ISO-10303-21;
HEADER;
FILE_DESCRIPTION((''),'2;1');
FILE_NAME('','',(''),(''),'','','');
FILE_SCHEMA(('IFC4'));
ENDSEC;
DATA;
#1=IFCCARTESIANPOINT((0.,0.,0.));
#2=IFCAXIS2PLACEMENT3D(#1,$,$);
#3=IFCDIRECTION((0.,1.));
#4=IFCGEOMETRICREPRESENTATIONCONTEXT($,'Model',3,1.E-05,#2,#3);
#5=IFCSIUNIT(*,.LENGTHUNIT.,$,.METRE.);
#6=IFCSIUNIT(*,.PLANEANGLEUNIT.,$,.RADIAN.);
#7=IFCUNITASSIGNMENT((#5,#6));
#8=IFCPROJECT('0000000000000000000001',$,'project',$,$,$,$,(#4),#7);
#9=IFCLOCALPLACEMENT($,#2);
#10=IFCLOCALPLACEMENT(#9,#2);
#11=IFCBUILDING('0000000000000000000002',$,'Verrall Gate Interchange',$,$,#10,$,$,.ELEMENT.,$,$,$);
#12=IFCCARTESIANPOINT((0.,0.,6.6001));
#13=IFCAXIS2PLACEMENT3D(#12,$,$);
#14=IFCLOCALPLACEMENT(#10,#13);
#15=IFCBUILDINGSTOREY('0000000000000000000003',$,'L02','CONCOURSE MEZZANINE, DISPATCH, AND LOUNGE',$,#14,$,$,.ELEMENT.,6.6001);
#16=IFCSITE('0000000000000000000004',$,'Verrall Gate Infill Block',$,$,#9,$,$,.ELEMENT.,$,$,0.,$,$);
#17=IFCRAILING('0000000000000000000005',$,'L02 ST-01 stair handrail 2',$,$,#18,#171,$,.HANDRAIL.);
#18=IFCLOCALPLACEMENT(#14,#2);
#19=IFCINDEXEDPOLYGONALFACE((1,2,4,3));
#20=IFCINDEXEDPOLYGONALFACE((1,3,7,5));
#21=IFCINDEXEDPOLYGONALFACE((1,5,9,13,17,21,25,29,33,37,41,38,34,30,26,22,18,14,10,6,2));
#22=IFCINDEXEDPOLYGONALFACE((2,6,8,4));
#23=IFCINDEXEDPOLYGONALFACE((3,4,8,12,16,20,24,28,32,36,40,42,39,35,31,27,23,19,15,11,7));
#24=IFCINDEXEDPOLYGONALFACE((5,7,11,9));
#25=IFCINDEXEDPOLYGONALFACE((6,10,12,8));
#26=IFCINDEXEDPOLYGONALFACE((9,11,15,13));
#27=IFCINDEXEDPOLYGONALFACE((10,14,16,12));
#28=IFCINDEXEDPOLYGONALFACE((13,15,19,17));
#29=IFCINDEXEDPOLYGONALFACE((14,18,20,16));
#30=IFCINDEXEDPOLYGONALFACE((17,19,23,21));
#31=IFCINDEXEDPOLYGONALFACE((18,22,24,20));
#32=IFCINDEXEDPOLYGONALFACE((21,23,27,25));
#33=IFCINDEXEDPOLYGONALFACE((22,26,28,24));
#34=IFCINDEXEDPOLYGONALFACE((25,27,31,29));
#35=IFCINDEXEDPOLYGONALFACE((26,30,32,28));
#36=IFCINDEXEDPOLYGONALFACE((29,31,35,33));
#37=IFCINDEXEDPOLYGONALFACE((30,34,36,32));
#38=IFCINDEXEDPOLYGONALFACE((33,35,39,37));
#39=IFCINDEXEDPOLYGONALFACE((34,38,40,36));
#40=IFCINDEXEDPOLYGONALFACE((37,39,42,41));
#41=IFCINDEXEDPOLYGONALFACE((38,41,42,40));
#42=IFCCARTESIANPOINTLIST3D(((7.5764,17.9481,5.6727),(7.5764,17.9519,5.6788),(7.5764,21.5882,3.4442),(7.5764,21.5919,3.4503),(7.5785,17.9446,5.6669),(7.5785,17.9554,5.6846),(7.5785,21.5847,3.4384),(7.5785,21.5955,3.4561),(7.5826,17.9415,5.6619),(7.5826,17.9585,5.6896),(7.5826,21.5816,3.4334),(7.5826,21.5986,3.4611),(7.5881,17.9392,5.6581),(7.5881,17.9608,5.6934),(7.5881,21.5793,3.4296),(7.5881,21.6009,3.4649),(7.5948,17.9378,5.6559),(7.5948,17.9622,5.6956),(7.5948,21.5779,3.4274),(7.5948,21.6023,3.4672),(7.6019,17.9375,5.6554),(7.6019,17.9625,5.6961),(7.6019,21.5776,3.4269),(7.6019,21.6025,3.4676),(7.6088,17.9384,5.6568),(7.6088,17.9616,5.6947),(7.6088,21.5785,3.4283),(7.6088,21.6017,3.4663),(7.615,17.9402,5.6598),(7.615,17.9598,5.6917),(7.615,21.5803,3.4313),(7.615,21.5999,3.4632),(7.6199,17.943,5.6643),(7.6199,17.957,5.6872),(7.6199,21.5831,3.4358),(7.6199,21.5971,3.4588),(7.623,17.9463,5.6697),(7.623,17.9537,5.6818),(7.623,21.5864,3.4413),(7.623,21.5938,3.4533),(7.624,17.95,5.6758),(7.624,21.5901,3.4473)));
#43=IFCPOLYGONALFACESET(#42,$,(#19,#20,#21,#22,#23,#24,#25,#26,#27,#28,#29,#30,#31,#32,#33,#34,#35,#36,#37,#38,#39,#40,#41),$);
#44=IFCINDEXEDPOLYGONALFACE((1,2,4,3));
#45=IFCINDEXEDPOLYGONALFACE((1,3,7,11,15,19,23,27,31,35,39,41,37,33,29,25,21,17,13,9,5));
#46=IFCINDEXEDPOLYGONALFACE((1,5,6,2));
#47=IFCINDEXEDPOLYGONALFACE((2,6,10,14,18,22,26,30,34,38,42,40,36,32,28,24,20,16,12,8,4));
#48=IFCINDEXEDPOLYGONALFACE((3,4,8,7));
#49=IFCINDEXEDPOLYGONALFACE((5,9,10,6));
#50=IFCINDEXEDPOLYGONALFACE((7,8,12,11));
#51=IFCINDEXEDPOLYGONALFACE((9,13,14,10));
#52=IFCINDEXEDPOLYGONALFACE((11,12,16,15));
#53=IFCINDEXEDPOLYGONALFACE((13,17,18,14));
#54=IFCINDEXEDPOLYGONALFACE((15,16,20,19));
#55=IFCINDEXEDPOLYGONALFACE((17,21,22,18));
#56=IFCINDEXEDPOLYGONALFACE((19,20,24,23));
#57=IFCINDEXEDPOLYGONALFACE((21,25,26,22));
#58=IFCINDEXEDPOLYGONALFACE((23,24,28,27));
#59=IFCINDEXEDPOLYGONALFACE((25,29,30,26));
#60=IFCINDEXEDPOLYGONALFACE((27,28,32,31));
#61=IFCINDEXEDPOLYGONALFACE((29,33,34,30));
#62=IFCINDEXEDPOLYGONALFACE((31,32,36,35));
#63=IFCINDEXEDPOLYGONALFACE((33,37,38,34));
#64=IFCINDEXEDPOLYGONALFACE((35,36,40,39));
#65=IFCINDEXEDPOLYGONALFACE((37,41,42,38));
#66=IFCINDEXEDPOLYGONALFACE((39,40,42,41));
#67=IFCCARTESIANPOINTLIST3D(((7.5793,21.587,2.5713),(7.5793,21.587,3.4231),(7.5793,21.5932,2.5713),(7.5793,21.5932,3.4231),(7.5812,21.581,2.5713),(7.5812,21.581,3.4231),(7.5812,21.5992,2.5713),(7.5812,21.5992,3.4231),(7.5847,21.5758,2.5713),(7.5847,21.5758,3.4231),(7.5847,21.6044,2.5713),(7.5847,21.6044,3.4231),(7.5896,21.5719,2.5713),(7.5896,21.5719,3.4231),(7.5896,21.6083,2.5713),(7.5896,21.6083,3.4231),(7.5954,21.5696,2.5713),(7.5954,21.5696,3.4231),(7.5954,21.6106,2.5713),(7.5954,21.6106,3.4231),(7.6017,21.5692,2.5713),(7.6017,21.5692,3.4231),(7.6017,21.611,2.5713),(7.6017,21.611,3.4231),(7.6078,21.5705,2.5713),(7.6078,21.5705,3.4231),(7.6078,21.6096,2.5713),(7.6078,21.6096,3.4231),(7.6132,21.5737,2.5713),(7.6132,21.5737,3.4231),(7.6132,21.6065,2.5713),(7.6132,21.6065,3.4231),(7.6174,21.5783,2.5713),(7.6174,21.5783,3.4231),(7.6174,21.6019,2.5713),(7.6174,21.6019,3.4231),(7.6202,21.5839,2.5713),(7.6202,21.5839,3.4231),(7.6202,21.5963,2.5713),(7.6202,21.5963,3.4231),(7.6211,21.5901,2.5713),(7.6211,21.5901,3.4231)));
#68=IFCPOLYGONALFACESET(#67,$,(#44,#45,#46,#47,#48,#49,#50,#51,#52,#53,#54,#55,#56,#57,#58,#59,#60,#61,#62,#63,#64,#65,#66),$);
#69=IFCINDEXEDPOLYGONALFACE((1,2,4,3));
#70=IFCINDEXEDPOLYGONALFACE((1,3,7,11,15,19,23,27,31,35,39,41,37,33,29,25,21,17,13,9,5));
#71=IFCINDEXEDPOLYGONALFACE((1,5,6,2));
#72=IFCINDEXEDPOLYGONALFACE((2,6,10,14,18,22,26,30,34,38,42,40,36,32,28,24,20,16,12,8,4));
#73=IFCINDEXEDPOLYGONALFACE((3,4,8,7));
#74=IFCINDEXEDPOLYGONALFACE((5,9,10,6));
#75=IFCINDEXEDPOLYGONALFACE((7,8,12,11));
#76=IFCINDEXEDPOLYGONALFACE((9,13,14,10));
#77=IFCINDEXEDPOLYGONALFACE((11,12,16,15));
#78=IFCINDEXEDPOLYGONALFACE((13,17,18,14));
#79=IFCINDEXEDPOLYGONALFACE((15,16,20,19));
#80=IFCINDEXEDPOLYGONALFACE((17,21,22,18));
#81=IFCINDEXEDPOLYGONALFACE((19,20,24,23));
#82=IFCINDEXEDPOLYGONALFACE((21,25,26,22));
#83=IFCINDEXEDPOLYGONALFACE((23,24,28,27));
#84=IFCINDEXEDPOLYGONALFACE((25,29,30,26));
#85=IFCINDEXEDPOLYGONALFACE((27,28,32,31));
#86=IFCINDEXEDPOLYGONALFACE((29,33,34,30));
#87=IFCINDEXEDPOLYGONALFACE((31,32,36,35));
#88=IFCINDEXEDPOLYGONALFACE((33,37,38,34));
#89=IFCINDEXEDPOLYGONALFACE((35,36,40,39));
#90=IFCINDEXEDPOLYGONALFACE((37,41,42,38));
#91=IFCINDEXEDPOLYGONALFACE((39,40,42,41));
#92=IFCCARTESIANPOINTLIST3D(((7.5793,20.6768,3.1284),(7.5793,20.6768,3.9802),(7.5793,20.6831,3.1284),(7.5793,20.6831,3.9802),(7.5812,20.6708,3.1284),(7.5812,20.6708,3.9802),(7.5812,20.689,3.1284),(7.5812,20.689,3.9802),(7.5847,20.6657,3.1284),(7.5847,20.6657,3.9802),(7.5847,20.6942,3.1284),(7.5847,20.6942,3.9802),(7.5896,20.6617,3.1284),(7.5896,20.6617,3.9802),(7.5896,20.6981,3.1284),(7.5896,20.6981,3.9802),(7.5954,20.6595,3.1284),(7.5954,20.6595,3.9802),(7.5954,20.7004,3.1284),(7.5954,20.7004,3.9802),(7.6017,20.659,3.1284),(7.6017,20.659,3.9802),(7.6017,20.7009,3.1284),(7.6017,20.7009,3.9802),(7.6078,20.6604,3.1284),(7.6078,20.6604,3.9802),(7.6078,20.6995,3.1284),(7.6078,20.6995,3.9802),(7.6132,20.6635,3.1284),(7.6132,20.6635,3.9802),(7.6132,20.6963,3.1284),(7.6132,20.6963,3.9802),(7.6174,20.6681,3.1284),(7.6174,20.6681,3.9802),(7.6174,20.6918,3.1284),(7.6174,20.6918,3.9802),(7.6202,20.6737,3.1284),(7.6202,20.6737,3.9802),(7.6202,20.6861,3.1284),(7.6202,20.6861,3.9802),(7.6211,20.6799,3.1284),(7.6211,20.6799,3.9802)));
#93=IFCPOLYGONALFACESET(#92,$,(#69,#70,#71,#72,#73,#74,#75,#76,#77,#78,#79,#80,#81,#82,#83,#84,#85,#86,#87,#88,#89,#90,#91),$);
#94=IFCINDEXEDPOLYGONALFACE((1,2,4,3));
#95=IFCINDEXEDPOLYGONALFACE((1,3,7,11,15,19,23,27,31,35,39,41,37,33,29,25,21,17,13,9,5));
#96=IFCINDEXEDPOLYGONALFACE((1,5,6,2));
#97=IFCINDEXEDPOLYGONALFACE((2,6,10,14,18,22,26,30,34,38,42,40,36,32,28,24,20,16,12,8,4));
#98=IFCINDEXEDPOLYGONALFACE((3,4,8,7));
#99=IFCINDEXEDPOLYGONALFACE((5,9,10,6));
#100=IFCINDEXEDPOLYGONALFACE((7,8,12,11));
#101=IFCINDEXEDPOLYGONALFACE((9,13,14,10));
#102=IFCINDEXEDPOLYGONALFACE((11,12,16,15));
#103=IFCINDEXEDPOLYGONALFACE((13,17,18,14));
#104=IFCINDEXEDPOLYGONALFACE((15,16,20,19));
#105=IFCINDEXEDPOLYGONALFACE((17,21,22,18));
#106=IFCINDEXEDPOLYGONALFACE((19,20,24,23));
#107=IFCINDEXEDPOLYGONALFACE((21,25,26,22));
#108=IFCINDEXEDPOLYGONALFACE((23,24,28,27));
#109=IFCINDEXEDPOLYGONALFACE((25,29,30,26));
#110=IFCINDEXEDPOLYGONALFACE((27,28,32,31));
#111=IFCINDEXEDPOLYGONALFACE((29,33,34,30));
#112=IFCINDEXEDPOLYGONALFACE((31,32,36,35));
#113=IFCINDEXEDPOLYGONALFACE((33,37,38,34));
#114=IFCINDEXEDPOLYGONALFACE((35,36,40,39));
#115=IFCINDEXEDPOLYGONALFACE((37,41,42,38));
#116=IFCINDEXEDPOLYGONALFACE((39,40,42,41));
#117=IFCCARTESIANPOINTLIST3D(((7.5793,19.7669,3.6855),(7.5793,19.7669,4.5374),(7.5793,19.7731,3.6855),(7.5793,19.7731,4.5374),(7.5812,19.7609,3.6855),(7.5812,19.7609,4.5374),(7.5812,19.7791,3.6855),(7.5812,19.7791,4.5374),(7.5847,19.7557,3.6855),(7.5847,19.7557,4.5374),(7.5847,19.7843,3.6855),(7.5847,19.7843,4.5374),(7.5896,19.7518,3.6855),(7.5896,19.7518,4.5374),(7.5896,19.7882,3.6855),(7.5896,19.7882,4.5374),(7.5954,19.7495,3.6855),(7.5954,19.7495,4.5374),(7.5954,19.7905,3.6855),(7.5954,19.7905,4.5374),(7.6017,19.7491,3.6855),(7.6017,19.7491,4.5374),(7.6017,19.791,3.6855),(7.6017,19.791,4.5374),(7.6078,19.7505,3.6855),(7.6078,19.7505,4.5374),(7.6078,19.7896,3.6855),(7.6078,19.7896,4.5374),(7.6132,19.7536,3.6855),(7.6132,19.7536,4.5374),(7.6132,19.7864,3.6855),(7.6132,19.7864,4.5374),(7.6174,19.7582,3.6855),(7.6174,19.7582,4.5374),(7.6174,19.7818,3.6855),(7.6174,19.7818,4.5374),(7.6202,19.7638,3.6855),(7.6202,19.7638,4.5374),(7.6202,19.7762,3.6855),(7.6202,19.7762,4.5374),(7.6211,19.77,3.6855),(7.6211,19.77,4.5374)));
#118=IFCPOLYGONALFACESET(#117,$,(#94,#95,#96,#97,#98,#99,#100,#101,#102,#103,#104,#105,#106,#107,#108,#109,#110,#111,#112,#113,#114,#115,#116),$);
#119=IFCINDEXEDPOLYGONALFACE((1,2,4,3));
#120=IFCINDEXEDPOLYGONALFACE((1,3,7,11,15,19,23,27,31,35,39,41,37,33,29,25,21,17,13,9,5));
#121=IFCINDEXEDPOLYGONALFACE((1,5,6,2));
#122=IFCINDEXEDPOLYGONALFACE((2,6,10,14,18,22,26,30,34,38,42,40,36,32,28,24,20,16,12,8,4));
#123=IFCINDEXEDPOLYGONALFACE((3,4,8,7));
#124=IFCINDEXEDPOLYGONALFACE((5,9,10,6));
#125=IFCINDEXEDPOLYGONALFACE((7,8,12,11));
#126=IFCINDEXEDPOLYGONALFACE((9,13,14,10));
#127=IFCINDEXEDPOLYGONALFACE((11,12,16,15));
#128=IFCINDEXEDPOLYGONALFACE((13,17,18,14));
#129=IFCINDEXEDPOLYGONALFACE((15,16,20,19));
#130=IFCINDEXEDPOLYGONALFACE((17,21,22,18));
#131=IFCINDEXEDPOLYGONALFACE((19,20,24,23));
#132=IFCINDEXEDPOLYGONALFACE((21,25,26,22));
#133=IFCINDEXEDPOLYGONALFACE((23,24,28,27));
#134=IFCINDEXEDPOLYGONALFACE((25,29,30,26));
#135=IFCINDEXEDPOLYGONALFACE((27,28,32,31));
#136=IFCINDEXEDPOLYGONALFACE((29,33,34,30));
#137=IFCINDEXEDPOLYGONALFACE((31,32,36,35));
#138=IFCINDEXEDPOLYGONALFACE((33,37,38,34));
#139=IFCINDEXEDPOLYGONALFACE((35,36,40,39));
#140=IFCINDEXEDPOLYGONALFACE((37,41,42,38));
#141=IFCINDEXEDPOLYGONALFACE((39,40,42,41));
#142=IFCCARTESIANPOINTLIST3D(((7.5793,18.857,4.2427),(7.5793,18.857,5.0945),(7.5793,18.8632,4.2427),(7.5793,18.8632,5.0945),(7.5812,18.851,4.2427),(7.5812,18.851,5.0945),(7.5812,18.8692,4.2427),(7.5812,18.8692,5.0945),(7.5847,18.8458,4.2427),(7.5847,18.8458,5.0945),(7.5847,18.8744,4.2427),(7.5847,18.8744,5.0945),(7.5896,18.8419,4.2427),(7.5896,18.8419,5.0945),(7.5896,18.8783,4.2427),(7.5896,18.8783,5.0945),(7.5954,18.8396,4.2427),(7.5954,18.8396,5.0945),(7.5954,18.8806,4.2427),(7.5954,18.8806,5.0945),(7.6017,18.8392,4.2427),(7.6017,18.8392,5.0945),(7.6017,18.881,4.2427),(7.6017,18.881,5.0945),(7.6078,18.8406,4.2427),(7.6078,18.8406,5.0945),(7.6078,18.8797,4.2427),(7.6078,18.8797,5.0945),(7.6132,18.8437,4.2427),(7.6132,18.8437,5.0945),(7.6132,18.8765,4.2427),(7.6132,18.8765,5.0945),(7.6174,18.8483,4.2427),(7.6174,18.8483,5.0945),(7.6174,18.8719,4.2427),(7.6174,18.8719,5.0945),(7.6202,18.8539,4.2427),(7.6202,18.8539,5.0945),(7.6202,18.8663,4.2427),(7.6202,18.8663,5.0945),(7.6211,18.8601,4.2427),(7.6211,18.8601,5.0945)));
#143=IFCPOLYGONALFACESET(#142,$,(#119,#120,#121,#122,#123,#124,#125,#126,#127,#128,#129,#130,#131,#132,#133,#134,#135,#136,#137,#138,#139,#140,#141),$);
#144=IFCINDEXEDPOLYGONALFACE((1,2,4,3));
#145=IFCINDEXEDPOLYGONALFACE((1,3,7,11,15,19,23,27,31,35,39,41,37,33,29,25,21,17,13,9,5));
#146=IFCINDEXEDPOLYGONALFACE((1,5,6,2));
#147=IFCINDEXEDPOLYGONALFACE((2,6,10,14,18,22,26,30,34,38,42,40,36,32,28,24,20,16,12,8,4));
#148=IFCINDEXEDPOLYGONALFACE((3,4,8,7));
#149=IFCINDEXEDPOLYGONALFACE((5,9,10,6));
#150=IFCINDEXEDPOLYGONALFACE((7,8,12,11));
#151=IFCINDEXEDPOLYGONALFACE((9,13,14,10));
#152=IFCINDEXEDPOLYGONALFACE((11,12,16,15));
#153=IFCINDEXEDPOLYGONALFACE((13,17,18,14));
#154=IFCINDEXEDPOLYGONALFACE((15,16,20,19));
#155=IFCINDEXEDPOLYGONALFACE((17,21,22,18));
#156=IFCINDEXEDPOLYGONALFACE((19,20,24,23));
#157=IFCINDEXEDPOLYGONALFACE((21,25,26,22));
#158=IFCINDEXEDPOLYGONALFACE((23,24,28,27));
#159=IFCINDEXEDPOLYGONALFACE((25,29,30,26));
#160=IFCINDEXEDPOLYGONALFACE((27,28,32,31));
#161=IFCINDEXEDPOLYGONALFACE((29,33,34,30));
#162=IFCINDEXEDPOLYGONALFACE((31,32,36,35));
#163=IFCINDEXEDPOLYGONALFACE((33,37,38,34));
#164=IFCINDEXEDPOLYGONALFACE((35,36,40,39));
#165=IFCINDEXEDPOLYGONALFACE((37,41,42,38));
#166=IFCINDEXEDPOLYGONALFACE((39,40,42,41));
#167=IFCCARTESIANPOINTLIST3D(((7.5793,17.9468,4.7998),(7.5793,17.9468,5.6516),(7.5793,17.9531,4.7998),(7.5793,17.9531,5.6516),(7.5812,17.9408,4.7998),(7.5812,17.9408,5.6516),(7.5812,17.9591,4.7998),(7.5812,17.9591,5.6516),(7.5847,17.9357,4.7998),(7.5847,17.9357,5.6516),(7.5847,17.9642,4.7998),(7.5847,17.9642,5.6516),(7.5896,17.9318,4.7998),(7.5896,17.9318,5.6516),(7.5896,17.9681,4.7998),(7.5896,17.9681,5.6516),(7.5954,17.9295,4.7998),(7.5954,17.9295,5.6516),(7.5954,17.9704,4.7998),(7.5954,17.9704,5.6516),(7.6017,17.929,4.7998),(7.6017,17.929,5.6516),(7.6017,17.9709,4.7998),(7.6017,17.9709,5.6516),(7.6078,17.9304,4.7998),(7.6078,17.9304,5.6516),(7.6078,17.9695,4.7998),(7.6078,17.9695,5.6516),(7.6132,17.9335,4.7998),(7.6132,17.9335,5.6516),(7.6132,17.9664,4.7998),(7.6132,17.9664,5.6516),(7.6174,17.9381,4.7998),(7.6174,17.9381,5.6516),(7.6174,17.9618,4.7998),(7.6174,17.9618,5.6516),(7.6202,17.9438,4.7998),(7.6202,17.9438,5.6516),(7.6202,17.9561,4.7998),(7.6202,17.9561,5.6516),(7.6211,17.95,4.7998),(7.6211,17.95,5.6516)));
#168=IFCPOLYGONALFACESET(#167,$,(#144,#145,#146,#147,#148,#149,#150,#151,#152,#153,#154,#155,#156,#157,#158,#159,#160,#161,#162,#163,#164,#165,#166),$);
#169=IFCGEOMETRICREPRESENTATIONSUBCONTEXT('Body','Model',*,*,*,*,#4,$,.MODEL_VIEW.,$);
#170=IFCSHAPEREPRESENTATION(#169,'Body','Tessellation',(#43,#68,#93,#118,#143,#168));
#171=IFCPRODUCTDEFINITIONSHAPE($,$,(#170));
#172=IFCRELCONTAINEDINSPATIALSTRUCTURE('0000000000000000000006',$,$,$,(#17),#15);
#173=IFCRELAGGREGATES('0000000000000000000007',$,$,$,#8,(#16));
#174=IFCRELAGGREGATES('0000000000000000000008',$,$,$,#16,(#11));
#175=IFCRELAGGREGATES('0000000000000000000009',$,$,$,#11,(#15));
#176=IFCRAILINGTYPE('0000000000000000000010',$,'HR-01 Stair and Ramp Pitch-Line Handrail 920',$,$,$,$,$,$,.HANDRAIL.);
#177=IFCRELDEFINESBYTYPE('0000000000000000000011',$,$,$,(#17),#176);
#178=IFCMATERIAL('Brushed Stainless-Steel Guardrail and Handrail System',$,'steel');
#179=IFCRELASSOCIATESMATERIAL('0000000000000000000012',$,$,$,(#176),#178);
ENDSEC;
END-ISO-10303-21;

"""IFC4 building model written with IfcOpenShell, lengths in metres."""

from ifc_helpers import new_model, si_unit, direction, frame, origin, origin_2d, place, context, subcontext, project, spatial, circle, extrude, material, type_object, element, save


model = new_model("IFC4")

# Units and contexts
model_context = context("Model", 3, precision=1e-05, world=origin(), true_north=direction((0.0, 1.0)))
body_context = subcontext(model_context, "Body", "Model", "MODEL_VIEW")
ifc_project = project(units=[si_unit("LENGTHUNIT", "METRE"), si_unit("PLANEANGLEUNIT", "RADIAN")], contexts=[model_context])

# Site, building, storey
site_placement = place(None, origin())
site = spatial("IfcSite", under=ifc_project, at=site_placement, Name="Verrall Gate Infill Block", CompositionType="ELEMENT", RefElevation=0.0)
building_placement = place(site_placement, origin())
building = spatial("IfcBuilding", under=site, at=building_placement, Name="Verrall Gate Interchange", CompositionType="ELEMENT")
storey_placement = place(building_placement, frame((0.0, 0.0, 6.6001)))
storey = spatial("IfcBuildingStorey", under=building, at=storey_placement, Name="L02", Description="CONCOURSE MEZZANINE, DISPATCH, AND LOUNGE", CompositionType="ELEMENT", Elevation=6.6001)

# Railing
ifc_material_1 = material(Name="Brushed Stainless-Steel Guardrail and Handrail System", Category="steel")
railing_type_1 = type_object("IfcRailingType", Name="HR-01 Stair and Ramp Pitch-Line Handrail 920", PredefinedType="HANDRAIL", material=ifc_material_1)
railing_1_placement = place(storey_placement, frame((7.6001, 21.5901, 2.5713)))
element("IfcRailing", 1, at=railing_1_placement, inside=storey, type_object=railing_type_1, Name="L02 ST-01 stair handrail 2", PredefinedType="HANDRAIL", context=body_context, shape_type="SweptSolid", body=[
    extrude(circle(Radius=0.0239, at=origin_2d()), frame((0.0, 0.0, 0.876), z_axis=(0.0, -0.852866, 0.52213), x_axis=(1.0, 0.0, 0.0)), (0.0, 0.0, 1.0), 4.2681),
    extrude(circle(Radius=0.021, at=origin_2d()), origin(), (0.0, 0.0, 1.0), 0.8518),
    extrude(circle(Radius=0.021, at=origin_2d()), frame((0.0, -0.9102, 0.5571)), (0.0, 0.0, 1.0), 0.8518),
    extrude(circle(Radius=0.021, at=origin_2d()), frame((0.0, -1.8201, 1.1143)), (0.0, 0.0, 1.0), 0.8518),
    extrude(circle(Radius=0.021, at=origin_2d()), frame((0.0, -2.73, 1.6714)), (0.0, 0.0, 1.0), 0.8518),
    extrude(circle(Radius=0.021, at=origin_2d()), frame((0.0, -3.6401, 2.2285)), (0.0, 0.0, 1.0), 0.8518),
])

save(model, "model.ifc")
